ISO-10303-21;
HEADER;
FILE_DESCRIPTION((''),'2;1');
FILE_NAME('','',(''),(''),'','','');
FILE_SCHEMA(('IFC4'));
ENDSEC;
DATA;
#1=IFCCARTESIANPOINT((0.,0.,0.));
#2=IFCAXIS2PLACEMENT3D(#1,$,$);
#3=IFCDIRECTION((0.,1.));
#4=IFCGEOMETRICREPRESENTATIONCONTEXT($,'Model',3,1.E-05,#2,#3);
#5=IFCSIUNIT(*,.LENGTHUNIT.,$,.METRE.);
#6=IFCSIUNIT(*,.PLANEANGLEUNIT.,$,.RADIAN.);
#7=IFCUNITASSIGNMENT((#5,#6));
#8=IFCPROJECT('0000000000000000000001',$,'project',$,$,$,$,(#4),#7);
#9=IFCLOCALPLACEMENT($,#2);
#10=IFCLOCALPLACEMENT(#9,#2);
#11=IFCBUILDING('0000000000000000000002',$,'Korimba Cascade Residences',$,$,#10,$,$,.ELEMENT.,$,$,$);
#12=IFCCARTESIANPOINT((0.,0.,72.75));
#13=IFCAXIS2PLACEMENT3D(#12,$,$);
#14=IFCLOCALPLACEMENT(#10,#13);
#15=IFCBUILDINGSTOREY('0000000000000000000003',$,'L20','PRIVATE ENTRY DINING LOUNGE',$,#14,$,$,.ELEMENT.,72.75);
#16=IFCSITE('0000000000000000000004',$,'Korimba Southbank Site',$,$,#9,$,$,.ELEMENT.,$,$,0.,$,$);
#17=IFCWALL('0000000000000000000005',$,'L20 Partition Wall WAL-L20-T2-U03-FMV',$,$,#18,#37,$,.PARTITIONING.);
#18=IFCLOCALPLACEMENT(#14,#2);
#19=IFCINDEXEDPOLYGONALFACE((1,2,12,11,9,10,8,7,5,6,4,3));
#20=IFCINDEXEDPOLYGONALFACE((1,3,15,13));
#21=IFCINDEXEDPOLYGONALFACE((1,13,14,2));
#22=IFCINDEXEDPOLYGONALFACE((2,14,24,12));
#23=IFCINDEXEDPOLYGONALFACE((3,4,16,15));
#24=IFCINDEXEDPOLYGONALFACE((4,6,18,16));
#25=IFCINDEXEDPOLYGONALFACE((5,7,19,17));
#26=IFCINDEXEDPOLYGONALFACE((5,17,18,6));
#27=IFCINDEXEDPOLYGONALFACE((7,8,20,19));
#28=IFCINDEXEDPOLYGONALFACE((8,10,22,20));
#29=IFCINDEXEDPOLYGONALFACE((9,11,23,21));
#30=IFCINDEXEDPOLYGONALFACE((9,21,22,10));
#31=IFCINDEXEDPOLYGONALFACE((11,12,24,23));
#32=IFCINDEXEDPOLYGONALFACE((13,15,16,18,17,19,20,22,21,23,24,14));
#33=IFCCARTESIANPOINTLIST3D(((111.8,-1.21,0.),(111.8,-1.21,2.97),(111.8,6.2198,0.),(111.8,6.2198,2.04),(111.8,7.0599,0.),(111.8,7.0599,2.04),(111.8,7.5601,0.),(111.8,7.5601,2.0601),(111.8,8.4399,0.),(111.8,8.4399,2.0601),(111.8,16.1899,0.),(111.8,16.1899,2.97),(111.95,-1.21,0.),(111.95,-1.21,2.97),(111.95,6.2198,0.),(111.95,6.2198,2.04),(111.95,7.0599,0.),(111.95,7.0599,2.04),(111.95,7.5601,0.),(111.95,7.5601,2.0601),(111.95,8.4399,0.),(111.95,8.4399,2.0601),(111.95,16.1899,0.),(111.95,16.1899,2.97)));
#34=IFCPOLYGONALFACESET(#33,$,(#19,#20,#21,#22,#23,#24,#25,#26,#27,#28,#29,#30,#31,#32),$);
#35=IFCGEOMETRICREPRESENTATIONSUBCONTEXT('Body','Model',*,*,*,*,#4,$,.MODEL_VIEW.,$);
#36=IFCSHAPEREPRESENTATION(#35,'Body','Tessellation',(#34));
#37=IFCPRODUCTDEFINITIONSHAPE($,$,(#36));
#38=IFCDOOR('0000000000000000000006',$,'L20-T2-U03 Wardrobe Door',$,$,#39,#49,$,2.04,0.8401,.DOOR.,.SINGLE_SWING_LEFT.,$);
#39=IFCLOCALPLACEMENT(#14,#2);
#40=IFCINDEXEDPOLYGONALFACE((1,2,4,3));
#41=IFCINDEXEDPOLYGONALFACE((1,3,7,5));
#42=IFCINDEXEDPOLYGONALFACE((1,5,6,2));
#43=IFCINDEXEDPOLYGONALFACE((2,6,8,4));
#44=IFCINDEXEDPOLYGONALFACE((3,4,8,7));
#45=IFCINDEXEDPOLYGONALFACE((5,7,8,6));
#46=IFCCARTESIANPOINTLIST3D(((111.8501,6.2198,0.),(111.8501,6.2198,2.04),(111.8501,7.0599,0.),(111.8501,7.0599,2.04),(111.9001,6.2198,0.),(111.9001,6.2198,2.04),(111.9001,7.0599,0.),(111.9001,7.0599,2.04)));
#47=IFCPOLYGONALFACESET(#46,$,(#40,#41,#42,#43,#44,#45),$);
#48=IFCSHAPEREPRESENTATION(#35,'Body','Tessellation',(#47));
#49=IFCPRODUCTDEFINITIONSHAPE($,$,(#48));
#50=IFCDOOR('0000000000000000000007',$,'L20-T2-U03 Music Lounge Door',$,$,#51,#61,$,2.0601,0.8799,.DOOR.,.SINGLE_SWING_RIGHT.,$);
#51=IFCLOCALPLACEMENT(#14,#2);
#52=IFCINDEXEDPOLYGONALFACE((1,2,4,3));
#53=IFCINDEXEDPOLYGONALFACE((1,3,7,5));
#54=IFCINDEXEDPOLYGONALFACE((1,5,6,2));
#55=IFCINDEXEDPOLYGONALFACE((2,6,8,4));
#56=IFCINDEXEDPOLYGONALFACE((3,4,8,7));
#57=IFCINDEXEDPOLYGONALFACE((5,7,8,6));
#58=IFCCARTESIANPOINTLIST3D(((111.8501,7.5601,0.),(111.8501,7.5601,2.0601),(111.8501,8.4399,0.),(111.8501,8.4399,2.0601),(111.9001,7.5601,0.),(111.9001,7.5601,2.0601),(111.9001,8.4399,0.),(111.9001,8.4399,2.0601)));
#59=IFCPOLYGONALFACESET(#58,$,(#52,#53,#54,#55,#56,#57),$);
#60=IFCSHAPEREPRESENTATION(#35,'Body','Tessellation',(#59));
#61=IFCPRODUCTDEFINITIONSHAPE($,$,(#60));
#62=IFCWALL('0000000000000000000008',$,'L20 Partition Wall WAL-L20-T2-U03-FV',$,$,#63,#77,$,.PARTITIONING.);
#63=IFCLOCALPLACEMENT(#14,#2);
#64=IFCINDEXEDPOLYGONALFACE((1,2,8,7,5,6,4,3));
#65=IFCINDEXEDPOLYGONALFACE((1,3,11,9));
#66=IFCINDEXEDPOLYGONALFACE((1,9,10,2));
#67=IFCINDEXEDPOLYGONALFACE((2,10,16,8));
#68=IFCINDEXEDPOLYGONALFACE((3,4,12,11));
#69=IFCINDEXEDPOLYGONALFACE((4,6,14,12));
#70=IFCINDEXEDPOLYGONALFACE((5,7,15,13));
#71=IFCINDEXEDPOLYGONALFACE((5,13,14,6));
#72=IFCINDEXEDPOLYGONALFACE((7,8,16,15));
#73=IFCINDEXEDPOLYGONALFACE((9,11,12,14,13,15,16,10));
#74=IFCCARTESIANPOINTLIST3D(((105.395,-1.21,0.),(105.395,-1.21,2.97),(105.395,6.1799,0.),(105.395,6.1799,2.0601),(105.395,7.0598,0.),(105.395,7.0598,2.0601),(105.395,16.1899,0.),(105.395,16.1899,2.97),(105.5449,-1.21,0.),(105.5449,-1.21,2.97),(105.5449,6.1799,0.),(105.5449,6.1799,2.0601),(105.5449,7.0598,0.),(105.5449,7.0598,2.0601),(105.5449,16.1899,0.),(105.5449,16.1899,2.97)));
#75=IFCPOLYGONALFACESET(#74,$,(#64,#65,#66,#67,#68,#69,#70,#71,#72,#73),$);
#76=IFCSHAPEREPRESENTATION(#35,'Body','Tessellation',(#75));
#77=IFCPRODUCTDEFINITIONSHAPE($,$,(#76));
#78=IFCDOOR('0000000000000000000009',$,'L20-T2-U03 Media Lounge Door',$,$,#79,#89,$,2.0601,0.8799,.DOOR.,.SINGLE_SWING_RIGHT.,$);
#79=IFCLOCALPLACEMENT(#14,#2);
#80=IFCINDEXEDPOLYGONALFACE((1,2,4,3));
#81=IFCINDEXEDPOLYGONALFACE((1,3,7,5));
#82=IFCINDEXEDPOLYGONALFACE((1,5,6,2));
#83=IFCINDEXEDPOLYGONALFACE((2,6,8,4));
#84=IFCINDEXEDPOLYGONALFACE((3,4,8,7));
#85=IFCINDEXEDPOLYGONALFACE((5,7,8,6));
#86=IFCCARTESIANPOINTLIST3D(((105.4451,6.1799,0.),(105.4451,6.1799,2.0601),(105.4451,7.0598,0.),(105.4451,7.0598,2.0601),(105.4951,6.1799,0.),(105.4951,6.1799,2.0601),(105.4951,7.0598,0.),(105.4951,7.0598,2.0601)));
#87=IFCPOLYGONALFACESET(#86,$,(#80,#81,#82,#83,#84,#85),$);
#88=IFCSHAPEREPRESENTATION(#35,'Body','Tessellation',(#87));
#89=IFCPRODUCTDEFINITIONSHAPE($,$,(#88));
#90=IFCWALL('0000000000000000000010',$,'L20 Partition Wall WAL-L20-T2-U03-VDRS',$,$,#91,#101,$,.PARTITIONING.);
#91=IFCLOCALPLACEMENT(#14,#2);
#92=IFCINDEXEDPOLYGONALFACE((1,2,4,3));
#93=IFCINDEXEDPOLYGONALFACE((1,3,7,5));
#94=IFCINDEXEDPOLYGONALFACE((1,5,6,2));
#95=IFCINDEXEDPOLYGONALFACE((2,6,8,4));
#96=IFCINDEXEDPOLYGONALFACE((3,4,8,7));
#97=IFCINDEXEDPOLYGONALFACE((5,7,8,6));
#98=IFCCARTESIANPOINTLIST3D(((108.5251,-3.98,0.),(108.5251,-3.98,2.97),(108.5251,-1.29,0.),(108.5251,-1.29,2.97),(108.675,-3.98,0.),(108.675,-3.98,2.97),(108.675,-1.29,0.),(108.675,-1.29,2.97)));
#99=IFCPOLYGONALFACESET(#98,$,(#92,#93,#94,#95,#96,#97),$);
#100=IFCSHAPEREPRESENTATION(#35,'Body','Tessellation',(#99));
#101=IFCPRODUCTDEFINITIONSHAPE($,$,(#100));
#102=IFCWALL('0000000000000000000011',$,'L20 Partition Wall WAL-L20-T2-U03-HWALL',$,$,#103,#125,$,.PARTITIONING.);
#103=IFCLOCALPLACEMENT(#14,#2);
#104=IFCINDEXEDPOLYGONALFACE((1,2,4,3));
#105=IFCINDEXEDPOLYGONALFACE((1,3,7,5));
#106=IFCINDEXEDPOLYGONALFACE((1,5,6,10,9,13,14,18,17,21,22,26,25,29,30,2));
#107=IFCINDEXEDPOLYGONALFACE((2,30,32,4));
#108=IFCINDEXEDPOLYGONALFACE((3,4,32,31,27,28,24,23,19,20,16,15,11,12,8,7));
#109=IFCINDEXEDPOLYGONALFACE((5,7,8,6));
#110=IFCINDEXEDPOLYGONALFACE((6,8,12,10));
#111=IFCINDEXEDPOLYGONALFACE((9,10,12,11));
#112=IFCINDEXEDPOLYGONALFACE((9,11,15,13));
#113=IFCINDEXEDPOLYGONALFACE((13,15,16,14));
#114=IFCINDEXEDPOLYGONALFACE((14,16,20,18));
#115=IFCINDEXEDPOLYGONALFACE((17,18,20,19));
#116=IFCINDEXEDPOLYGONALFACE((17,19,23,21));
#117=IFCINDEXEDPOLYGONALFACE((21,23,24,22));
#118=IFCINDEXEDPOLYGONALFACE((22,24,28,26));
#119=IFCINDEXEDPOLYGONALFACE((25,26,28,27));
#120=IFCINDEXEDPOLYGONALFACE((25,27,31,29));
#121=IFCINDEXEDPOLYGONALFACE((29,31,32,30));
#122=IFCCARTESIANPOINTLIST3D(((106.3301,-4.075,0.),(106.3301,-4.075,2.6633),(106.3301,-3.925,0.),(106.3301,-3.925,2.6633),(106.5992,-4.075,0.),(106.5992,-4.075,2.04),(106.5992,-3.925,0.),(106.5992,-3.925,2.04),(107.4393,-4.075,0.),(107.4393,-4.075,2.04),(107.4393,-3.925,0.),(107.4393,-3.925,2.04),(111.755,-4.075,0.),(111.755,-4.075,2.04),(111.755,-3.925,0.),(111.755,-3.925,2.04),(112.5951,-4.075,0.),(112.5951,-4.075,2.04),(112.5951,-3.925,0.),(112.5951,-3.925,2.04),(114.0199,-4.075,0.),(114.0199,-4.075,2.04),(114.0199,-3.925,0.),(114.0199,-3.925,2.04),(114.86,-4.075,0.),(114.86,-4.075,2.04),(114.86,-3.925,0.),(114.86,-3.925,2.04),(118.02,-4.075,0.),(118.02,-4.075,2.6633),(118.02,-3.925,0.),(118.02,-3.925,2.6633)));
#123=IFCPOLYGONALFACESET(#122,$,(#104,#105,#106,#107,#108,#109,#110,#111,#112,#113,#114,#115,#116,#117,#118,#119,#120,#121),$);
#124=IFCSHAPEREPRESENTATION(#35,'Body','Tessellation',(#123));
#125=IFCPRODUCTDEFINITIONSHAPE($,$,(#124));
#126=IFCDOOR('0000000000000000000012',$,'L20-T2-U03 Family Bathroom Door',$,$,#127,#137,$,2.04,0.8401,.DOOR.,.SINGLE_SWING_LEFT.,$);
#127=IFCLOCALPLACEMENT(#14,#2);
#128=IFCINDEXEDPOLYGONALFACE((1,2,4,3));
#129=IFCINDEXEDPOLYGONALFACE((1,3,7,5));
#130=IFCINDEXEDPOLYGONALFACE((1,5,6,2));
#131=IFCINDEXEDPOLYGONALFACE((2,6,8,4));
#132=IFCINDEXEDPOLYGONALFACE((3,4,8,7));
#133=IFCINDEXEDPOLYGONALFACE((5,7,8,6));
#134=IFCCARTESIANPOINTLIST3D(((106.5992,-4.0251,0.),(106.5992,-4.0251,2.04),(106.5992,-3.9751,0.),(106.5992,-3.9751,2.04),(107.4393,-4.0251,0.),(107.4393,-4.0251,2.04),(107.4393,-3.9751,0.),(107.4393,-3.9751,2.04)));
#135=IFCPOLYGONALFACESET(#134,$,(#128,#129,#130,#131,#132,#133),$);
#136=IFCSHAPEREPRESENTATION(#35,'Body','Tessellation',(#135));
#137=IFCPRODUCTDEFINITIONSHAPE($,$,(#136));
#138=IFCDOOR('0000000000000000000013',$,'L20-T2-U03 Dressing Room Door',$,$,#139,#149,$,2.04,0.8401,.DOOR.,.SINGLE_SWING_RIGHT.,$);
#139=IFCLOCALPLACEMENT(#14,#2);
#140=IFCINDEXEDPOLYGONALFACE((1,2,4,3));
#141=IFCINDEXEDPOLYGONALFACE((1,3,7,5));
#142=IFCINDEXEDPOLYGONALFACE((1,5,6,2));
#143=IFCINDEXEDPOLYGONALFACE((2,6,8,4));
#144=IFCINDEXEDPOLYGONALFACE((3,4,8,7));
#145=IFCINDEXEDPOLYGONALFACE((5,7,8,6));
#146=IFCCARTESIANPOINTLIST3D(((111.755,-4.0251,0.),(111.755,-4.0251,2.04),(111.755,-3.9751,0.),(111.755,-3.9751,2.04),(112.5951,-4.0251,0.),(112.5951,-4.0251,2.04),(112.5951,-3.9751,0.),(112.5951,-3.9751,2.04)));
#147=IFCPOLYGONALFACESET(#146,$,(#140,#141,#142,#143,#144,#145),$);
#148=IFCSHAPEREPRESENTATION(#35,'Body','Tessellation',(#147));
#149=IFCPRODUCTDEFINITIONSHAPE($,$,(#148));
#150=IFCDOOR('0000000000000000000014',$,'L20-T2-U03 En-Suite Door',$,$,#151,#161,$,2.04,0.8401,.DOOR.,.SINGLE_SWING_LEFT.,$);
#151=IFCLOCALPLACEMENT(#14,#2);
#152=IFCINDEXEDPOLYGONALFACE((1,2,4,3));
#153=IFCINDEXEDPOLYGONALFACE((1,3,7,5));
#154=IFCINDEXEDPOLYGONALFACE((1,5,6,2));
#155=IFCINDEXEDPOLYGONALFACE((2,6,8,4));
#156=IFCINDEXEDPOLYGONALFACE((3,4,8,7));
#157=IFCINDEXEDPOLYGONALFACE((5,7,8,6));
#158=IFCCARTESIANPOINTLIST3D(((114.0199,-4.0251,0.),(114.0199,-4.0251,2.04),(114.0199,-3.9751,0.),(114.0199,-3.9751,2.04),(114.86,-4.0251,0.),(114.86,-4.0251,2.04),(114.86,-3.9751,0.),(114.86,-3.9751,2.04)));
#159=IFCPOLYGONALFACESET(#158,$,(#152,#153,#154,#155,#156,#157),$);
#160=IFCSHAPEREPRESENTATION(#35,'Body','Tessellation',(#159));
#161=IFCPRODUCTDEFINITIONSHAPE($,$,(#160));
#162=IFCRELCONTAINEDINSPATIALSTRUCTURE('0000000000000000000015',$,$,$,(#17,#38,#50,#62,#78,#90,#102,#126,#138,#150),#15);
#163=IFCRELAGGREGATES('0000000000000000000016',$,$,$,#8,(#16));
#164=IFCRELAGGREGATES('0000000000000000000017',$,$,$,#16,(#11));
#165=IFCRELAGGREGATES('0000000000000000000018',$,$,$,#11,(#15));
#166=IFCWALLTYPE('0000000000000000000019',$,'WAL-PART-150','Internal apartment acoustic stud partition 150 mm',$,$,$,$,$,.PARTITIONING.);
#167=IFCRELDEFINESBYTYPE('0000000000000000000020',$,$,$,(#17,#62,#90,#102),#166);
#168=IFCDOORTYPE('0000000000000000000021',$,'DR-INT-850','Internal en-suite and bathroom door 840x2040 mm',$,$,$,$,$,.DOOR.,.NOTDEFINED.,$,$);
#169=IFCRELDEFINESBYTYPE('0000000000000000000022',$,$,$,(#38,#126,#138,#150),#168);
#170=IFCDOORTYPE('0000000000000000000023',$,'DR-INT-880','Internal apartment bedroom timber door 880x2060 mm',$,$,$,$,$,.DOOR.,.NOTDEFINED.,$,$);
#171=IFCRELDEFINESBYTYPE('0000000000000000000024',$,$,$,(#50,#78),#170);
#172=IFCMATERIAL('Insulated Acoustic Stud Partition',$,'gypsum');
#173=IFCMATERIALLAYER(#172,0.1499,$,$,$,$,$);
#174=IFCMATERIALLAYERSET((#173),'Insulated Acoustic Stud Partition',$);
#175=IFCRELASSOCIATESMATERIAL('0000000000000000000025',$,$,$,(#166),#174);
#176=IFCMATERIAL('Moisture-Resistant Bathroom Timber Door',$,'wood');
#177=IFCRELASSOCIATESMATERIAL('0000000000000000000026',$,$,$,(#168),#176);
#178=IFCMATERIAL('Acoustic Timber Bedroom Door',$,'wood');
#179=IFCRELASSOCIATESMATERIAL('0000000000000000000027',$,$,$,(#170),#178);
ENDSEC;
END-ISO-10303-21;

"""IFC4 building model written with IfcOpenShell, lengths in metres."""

from ifc_helpers import new_model, si_unit, direction, frame, frame_2d, origin, place, context, subcontext, project, spatial, rectangle, extrude, material, layer, layer_set, type_object, element, fill, save


model = new_model("IFC4")

# Units and contexts
model_context = context("Model", 3, precision=1e-05, world=origin(), true_north=direction((0.0, 1.0)))
body_context = subcontext(model_context, "Body", "Model", "MODEL_VIEW")
ifc_project = project(units=[si_unit("LENGTHUNIT", "METRE"), si_unit("PLANEANGLEUNIT", "RADIAN")], contexts=[model_context])

# Site, building, storey
site_placement = place(None, origin())
site = spatial("IfcSite", under=ifc_project, at=site_placement, Name="Korimba Southbank Site", CompositionType="ELEMENT", RefElevation=0.0)
building_placement = place(site_placement, origin())
building = spatial("IfcBuilding", under=site, at=building_placement, Name="Korimba Cascade Residences", CompositionType="ELEMENT")
storey_placement = place(building_placement, frame((0.0, 0.0, 72.75)))
storey = spatial("IfcBuildingStorey", under=building, at=storey_placement, Name="L20", Description="PRIVATE ENTRY DINING LOUNGE", CompositionType="ELEMENT", Elevation=72.75)

# Shared definitions
ifc_material_1 = material(Name="Insulated Acoustic Stud Partition", Category="gypsum")
ifc_layer = layer(ifc_material_1, 0.1499)
ifc_layer_set = layer_set([ifc_layer], Name="Insulated Acoustic Stud Partition")
wall_type = type_object("IfcWallType", Name="WAL-PART-150", Description="Internal apartment acoustic stud partition 150 mm", PredefinedType="PARTITIONING", material=ifc_layer_set)
ifc_material_2 = material(Name="Moisture-Resistant Bathroom Timber Door", Category="wood")
door_type_1 = type_object("IfcDoorType", Name="DR-INT-850", Description="Internal en-suite and bathroom door 840x2040 mm", OperationType="NOTDEFINED", PredefinedType="DOOR", material=ifc_material_2)

# Wall, openings, doors
wall_1_placement = place(storey_placement, frame((111.875, -1.21, 0.0), z_axis=(0.0, 0.0, 1.0), x_axis=(0.0, 1.0, 0.0)))
wall_1 = element("IfcWall", 1, at=wall_1_placement, inside=storey, type_object=wall_type, Name="L20 Partition Wall WAL-L20-T2-U03-FMV", PredefinedType="PARTITIONING", context=body_context, shape_type="SweptSolid", body=[
    extrude(rectangle(XDim=17.3999, YDim=0.1499, at=frame_2d((8.7, 0.0))), origin(), (0.0, 0.0, 1.0), 2.97),
])
opening_1_placement = place(wall_1_placement, frame((7.4299, 0.0, 0.0)))
opening_1 = element("IfcOpeningElement", 2, at=opening_1_placement, cuts=wall_1, PredefinedType="OPENING", context=body_context, shape_type="SweptSolid", body=[
    extrude(rectangle(XDim=0.8401, YDim=2.04, at=frame_2d((0.4199, 1.02))), frame((0.0, 0.085, 0.0), z_axis=(0.0, -1.0, 0.0), x_axis=(1.0, 0.0, 0.0)), (0.0, 0.0, 1.0), 0.1699),
])
opening_2_placement = place(wall_1_placement, frame((8.77, 0.0, 0.0)))
opening_2 = element("IfcOpeningElement", 3, at=opening_2_placement, cuts=wall_1, PredefinedType="OPENING", context=body_context, shape_type="SweptSolid", body=[
    extrude(rectangle(XDim=0.8799, YDim=2.0601, at=frame_2d((0.4399, 1.03))), frame((0.0, 0.085, 0.0), z_axis=(0.0, -1.0, 0.0), x_axis=(1.0, 0.0, 0.0)), (0.0, 0.0, 1.0), 0.1699),
])
door_1_placement = place(opening_1_placement, origin())
door_1 = element("IfcDoor", 4, at=door_1_placement, inside=storey, type_object=door_type_1, Name="L20-T2-U03 Wardrobe Door", OperationType="SINGLE_SWING_LEFT", OverallHeight=2.04, OverallWidth=0.8401, PredefinedType="DOOR", context=body_context, shape_type="SweptSolid", body=[
    extrude(rectangle(XDim=0.8401, YDim=2.04, at=frame_2d((0.4199, 1.02))), frame((0.0, 0.0249, 0.0), z_axis=(0.0, -1.0, 0.0), x_axis=(1.0, 0.0, 0.0)), (0.0, 0.0, 1.0), 0.05),
])
fill(opening_1, door_1)
ifc_material_3 = material(Name="Acoustic Timber Bedroom Door", Category="wood")
door_type_2 = type_object("IfcDoorType", Name="DR-INT-880", Description="Internal apartment bedroom timber door 880x2060 mm", OperationType="NOTDEFINED", PredefinedType="DOOR", material=ifc_material_3)
door_2_placement = place(opening_2_placement, origin())
door_2 = element("IfcDoor", 5, at=door_2_placement, inside=storey, type_object=door_type_2, Name="L20-T2-U03 Music Lounge Door", OperationType="SINGLE_SWING_RIGHT", OverallHeight=2.0601, OverallWidth=0.8799, PredefinedType="DOOR", context=body_context, shape_type="SweptSolid", body=[
    extrude(rectangle(XDim=0.8799, YDim=2.0601, at=frame_2d((0.4399, 1.03))), frame((0.0, 0.0249, 0.0), z_axis=(0.0, -1.0, 0.0), x_axis=(1.0, 0.0, 0.0)), (0.0, 0.0, 1.0), 0.05),
])
fill(opening_2, door_2)

# Wall, opening, door
wall_2_placement = place(storey_placement, frame((105.47, -1.21, 0.0), z_axis=(0.0, 0.0, 1.0), x_axis=(0.0, 1.0, 0.0)))
wall_2 = element("IfcWall", 6, at=wall_2_placement, inside=storey, type_object=wall_type, Name="L20 Partition Wall WAL-L20-T2-U03-FV", PredefinedType="PARTITIONING", context=body_context, shape_type="SweptSolid", body=[
    extrude(rectangle(XDim=17.3999, YDim=0.1499, at=frame_2d((8.7, 0.0))), origin(), (0.0, 0.0, 1.0), 2.97),
])
opening_3_placement = place(wall_2_placement, frame((7.3899, 0.0, 0.0)))
opening_3 = element("IfcOpeningElement", 7, at=opening_3_placement, cuts=wall_2, PredefinedType="OPENING", context=body_context, shape_type="SweptSolid", body=[
    extrude(rectangle(XDim=0.8799, YDim=2.0601, at=frame_2d((0.4399, 1.03))), frame((0.0, 0.085, 0.0), z_axis=(0.0, -1.0, 0.0), x_axis=(1.0, 0.0, 0.0)), (0.0, 0.0, 1.0), 0.1699),
])
door_3_placement = place(opening_3_placement, origin())
door_3 = element("IfcDoor", 8, at=door_3_placement, inside=storey, type_object=door_type_2, Name="L20-T2-U03 Media Lounge Door", OperationType="SINGLE_SWING_RIGHT", OverallHeight=2.0601, OverallWidth=0.8799, PredefinedType="DOOR", context=body_context, shape_type="SweptSolid", body=[
    extrude(rectangle(XDim=0.8799, YDim=2.0601, at=frame_2d((0.4399, 1.03))), frame((0.0, 0.0249, 0.0), z_axis=(0.0, -1.0, 0.0), x_axis=(1.0, 0.0, 0.0)), (0.0, 0.0, 1.0), 0.05),
])
fill(opening_3, door_3)

# Wall
wall_3_placement = place(storey_placement, frame((108.6001, -3.98, 0.0), z_axis=(0.0, 0.0, 1.0), x_axis=(0.0, 1.0, 0.0)))
element("IfcWall", 9, at=wall_3_placement, inside=storey, type_object=wall_type, Name="L20 Partition Wall WAL-L20-T2-U03-VDRS", PredefinedType="PARTITIONING", context=body_context, shape_type="SweptSolid", body=[
    extrude(rectangle(XDim=2.6899, YDim=0.1499, at=frame_2d((1.345, 0.0))), origin(), (0.0, 0.0, 1.0), 2.97),
])

# Wall, openings, doors
wall_4_placement = place(storey_placement, frame((106.3301, -4.0, 0.0), z_axis=(0.0, 0.0, 1.0), x_axis=(1.0, 0.0, 0.0)))
wall_4 = element("IfcWall", 10, at=wall_4_placement, inside=storey, type_object=wall_type, Name="L20 Partition Wall WAL-L20-T2-U03-HWALL", PredefinedType="PARTITIONING", context=body_context, shape_type="SweptSolid", body=[
    extrude(rectangle(XDim=11.6899, YDim=0.1499, at=frame_2d((5.845, 0.0))), origin(), (0.0, 0.0, 1.0), 2.6633),
])
opening_4_placement = place(wall_4_placement, frame((0.2693, 0.0, 0.0)))
opening_4 = element("IfcOpeningElement", 11, at=opening_4_placement, cuts=wall_4, PredefinedType="OPENING", context=body_context, shape_type="SweptSolid", body=[
    extrude(rectangle(XDim=0.8401, YDim=2.04, at=frame_2d((0.4199, 1.02))), frame((0.0, 0.085, 0.0), z_axis=(0.0, -1.0, 0.0), x_axis=(1.0, 0.0, 0.0)), (0.0, 0.0, 1.0), 0.1699),
])
opening_5_placement = place(wall_4_placement, frame((5.425, 0.0, 0.0)))
opening_5 = element("IfcOpeningElement", 12, at=opening_5_placement, cuts=wall_4, PredefinedType="OPENING", context=body_context, shape_type="SweptSolid", body=[
    extrude(rectangle(XDim=0.8401, YDim=2.04, at=frame_2d((0.4199, 1.02))), frame((0.0, 0.085, 0.0), z_axis=(0.0, -1.0, 0.0), x_axis=(1.0, 0.0, 0.0)), (0.0, 0.0, 1.0), 0.1699),
])
opening_6_placement = place(wall_4_placement, frame((7.6899, 0.0, 0.0)))
opening_6 = element("IfcOpeningElement", 13, at=opening_6_placement, cuts=wall_4, PredefinedType="OPENING", context=body_context, shape_type="SweptSolid", body=[
    extrude(rectangle(XDim=0.8401, YDim=2.04, at=frame_2d((0.4199, 1.02))), frame((0.0, 0.085, 0.0), z_axis=(0.0, -1.0, 0.0), x_axis=(1.0, 0.0, 0.0)), (0.0, 0.0, 1.0), 0.1699),
])
door_4_placement = place(opening_4_placement, origin())
door_4 = element("IfcDoor", 14, at=door_4_placement, inside=storey, type_object=door_type_1, Name="L20-T2-U03 Family Bathroom Door", OperationType="SINGLE_SWING_LEFT", OverallHeight=2.04, OverallWidth=0.8401, PredefinedType="DOOR", context=body_context, shape_type="SweptSolid", body=[
    extrude(rectangle(XDim=0.8401, YDim=2.04, at=frame_2d((0.4199, 1.02))), frame((0.0, 0.0249, 0.0), z_axis=(0.0, -1.0, 0.0), x_axis=(1.0, 0.0, 0.0)), (0.0, 0.0, 1.0), 0.05),
])
fill(opening_4, door_4)
door_5_placement = place(opening_5_placement, origin())
door_5 = element("IfcDoor", 15, at=door_5_placement, inside=storey, type_object=door_type_1, Name="L20-T2-U03 Dressing Room Door", OperationType="SINGLE_SWING_RIGHT", OverallHeight=2.04, OverallWidth=0.8401, PredefinedType="DOOR", context=body_context, shape_type="SweptSolid", body=[
    extrude(rectangle(XDim=0.8401, YDim=2.04, at=frame_2d((0.4199, 1.02))), frame((0.0, 0.0249, 0.0), z_axis=(0.0, -1.0, 0.0), x_axis=(1.0, 0.0, 0.0)), (0.0, 0.0, 1.0), 0.05),
])
fill(opening_5, door_5)
door_6_placement = place(opening_6_placement, origin())
door_6 = element("IfcDoor", 16, at=door_6_placement, inside=storey, type_object=door_type_1, Name="L20-T2-U03 En-Suite Door", OperationType="SINGLE_SWING_LEFT", OverallHeight=2.04, OverallWidth=0.8401, PredefinedType="DOOR", context=body_context, shape_type="SweptSolid", body=[
    extrude(rectangle(XDim=0.8401, YDim=2.04, at=frame_2d((0.4199, 1.02))), frame((0.0, 0.0249, 0.0), z_axis=(0.0, -1.0, 0.0), x_axis=(1.0, 0.0, 0.0)), (0.0, 0.0, 1.0), 0.05),
])
fill(opening_6, door_6)

save(model, "model.ifc")
